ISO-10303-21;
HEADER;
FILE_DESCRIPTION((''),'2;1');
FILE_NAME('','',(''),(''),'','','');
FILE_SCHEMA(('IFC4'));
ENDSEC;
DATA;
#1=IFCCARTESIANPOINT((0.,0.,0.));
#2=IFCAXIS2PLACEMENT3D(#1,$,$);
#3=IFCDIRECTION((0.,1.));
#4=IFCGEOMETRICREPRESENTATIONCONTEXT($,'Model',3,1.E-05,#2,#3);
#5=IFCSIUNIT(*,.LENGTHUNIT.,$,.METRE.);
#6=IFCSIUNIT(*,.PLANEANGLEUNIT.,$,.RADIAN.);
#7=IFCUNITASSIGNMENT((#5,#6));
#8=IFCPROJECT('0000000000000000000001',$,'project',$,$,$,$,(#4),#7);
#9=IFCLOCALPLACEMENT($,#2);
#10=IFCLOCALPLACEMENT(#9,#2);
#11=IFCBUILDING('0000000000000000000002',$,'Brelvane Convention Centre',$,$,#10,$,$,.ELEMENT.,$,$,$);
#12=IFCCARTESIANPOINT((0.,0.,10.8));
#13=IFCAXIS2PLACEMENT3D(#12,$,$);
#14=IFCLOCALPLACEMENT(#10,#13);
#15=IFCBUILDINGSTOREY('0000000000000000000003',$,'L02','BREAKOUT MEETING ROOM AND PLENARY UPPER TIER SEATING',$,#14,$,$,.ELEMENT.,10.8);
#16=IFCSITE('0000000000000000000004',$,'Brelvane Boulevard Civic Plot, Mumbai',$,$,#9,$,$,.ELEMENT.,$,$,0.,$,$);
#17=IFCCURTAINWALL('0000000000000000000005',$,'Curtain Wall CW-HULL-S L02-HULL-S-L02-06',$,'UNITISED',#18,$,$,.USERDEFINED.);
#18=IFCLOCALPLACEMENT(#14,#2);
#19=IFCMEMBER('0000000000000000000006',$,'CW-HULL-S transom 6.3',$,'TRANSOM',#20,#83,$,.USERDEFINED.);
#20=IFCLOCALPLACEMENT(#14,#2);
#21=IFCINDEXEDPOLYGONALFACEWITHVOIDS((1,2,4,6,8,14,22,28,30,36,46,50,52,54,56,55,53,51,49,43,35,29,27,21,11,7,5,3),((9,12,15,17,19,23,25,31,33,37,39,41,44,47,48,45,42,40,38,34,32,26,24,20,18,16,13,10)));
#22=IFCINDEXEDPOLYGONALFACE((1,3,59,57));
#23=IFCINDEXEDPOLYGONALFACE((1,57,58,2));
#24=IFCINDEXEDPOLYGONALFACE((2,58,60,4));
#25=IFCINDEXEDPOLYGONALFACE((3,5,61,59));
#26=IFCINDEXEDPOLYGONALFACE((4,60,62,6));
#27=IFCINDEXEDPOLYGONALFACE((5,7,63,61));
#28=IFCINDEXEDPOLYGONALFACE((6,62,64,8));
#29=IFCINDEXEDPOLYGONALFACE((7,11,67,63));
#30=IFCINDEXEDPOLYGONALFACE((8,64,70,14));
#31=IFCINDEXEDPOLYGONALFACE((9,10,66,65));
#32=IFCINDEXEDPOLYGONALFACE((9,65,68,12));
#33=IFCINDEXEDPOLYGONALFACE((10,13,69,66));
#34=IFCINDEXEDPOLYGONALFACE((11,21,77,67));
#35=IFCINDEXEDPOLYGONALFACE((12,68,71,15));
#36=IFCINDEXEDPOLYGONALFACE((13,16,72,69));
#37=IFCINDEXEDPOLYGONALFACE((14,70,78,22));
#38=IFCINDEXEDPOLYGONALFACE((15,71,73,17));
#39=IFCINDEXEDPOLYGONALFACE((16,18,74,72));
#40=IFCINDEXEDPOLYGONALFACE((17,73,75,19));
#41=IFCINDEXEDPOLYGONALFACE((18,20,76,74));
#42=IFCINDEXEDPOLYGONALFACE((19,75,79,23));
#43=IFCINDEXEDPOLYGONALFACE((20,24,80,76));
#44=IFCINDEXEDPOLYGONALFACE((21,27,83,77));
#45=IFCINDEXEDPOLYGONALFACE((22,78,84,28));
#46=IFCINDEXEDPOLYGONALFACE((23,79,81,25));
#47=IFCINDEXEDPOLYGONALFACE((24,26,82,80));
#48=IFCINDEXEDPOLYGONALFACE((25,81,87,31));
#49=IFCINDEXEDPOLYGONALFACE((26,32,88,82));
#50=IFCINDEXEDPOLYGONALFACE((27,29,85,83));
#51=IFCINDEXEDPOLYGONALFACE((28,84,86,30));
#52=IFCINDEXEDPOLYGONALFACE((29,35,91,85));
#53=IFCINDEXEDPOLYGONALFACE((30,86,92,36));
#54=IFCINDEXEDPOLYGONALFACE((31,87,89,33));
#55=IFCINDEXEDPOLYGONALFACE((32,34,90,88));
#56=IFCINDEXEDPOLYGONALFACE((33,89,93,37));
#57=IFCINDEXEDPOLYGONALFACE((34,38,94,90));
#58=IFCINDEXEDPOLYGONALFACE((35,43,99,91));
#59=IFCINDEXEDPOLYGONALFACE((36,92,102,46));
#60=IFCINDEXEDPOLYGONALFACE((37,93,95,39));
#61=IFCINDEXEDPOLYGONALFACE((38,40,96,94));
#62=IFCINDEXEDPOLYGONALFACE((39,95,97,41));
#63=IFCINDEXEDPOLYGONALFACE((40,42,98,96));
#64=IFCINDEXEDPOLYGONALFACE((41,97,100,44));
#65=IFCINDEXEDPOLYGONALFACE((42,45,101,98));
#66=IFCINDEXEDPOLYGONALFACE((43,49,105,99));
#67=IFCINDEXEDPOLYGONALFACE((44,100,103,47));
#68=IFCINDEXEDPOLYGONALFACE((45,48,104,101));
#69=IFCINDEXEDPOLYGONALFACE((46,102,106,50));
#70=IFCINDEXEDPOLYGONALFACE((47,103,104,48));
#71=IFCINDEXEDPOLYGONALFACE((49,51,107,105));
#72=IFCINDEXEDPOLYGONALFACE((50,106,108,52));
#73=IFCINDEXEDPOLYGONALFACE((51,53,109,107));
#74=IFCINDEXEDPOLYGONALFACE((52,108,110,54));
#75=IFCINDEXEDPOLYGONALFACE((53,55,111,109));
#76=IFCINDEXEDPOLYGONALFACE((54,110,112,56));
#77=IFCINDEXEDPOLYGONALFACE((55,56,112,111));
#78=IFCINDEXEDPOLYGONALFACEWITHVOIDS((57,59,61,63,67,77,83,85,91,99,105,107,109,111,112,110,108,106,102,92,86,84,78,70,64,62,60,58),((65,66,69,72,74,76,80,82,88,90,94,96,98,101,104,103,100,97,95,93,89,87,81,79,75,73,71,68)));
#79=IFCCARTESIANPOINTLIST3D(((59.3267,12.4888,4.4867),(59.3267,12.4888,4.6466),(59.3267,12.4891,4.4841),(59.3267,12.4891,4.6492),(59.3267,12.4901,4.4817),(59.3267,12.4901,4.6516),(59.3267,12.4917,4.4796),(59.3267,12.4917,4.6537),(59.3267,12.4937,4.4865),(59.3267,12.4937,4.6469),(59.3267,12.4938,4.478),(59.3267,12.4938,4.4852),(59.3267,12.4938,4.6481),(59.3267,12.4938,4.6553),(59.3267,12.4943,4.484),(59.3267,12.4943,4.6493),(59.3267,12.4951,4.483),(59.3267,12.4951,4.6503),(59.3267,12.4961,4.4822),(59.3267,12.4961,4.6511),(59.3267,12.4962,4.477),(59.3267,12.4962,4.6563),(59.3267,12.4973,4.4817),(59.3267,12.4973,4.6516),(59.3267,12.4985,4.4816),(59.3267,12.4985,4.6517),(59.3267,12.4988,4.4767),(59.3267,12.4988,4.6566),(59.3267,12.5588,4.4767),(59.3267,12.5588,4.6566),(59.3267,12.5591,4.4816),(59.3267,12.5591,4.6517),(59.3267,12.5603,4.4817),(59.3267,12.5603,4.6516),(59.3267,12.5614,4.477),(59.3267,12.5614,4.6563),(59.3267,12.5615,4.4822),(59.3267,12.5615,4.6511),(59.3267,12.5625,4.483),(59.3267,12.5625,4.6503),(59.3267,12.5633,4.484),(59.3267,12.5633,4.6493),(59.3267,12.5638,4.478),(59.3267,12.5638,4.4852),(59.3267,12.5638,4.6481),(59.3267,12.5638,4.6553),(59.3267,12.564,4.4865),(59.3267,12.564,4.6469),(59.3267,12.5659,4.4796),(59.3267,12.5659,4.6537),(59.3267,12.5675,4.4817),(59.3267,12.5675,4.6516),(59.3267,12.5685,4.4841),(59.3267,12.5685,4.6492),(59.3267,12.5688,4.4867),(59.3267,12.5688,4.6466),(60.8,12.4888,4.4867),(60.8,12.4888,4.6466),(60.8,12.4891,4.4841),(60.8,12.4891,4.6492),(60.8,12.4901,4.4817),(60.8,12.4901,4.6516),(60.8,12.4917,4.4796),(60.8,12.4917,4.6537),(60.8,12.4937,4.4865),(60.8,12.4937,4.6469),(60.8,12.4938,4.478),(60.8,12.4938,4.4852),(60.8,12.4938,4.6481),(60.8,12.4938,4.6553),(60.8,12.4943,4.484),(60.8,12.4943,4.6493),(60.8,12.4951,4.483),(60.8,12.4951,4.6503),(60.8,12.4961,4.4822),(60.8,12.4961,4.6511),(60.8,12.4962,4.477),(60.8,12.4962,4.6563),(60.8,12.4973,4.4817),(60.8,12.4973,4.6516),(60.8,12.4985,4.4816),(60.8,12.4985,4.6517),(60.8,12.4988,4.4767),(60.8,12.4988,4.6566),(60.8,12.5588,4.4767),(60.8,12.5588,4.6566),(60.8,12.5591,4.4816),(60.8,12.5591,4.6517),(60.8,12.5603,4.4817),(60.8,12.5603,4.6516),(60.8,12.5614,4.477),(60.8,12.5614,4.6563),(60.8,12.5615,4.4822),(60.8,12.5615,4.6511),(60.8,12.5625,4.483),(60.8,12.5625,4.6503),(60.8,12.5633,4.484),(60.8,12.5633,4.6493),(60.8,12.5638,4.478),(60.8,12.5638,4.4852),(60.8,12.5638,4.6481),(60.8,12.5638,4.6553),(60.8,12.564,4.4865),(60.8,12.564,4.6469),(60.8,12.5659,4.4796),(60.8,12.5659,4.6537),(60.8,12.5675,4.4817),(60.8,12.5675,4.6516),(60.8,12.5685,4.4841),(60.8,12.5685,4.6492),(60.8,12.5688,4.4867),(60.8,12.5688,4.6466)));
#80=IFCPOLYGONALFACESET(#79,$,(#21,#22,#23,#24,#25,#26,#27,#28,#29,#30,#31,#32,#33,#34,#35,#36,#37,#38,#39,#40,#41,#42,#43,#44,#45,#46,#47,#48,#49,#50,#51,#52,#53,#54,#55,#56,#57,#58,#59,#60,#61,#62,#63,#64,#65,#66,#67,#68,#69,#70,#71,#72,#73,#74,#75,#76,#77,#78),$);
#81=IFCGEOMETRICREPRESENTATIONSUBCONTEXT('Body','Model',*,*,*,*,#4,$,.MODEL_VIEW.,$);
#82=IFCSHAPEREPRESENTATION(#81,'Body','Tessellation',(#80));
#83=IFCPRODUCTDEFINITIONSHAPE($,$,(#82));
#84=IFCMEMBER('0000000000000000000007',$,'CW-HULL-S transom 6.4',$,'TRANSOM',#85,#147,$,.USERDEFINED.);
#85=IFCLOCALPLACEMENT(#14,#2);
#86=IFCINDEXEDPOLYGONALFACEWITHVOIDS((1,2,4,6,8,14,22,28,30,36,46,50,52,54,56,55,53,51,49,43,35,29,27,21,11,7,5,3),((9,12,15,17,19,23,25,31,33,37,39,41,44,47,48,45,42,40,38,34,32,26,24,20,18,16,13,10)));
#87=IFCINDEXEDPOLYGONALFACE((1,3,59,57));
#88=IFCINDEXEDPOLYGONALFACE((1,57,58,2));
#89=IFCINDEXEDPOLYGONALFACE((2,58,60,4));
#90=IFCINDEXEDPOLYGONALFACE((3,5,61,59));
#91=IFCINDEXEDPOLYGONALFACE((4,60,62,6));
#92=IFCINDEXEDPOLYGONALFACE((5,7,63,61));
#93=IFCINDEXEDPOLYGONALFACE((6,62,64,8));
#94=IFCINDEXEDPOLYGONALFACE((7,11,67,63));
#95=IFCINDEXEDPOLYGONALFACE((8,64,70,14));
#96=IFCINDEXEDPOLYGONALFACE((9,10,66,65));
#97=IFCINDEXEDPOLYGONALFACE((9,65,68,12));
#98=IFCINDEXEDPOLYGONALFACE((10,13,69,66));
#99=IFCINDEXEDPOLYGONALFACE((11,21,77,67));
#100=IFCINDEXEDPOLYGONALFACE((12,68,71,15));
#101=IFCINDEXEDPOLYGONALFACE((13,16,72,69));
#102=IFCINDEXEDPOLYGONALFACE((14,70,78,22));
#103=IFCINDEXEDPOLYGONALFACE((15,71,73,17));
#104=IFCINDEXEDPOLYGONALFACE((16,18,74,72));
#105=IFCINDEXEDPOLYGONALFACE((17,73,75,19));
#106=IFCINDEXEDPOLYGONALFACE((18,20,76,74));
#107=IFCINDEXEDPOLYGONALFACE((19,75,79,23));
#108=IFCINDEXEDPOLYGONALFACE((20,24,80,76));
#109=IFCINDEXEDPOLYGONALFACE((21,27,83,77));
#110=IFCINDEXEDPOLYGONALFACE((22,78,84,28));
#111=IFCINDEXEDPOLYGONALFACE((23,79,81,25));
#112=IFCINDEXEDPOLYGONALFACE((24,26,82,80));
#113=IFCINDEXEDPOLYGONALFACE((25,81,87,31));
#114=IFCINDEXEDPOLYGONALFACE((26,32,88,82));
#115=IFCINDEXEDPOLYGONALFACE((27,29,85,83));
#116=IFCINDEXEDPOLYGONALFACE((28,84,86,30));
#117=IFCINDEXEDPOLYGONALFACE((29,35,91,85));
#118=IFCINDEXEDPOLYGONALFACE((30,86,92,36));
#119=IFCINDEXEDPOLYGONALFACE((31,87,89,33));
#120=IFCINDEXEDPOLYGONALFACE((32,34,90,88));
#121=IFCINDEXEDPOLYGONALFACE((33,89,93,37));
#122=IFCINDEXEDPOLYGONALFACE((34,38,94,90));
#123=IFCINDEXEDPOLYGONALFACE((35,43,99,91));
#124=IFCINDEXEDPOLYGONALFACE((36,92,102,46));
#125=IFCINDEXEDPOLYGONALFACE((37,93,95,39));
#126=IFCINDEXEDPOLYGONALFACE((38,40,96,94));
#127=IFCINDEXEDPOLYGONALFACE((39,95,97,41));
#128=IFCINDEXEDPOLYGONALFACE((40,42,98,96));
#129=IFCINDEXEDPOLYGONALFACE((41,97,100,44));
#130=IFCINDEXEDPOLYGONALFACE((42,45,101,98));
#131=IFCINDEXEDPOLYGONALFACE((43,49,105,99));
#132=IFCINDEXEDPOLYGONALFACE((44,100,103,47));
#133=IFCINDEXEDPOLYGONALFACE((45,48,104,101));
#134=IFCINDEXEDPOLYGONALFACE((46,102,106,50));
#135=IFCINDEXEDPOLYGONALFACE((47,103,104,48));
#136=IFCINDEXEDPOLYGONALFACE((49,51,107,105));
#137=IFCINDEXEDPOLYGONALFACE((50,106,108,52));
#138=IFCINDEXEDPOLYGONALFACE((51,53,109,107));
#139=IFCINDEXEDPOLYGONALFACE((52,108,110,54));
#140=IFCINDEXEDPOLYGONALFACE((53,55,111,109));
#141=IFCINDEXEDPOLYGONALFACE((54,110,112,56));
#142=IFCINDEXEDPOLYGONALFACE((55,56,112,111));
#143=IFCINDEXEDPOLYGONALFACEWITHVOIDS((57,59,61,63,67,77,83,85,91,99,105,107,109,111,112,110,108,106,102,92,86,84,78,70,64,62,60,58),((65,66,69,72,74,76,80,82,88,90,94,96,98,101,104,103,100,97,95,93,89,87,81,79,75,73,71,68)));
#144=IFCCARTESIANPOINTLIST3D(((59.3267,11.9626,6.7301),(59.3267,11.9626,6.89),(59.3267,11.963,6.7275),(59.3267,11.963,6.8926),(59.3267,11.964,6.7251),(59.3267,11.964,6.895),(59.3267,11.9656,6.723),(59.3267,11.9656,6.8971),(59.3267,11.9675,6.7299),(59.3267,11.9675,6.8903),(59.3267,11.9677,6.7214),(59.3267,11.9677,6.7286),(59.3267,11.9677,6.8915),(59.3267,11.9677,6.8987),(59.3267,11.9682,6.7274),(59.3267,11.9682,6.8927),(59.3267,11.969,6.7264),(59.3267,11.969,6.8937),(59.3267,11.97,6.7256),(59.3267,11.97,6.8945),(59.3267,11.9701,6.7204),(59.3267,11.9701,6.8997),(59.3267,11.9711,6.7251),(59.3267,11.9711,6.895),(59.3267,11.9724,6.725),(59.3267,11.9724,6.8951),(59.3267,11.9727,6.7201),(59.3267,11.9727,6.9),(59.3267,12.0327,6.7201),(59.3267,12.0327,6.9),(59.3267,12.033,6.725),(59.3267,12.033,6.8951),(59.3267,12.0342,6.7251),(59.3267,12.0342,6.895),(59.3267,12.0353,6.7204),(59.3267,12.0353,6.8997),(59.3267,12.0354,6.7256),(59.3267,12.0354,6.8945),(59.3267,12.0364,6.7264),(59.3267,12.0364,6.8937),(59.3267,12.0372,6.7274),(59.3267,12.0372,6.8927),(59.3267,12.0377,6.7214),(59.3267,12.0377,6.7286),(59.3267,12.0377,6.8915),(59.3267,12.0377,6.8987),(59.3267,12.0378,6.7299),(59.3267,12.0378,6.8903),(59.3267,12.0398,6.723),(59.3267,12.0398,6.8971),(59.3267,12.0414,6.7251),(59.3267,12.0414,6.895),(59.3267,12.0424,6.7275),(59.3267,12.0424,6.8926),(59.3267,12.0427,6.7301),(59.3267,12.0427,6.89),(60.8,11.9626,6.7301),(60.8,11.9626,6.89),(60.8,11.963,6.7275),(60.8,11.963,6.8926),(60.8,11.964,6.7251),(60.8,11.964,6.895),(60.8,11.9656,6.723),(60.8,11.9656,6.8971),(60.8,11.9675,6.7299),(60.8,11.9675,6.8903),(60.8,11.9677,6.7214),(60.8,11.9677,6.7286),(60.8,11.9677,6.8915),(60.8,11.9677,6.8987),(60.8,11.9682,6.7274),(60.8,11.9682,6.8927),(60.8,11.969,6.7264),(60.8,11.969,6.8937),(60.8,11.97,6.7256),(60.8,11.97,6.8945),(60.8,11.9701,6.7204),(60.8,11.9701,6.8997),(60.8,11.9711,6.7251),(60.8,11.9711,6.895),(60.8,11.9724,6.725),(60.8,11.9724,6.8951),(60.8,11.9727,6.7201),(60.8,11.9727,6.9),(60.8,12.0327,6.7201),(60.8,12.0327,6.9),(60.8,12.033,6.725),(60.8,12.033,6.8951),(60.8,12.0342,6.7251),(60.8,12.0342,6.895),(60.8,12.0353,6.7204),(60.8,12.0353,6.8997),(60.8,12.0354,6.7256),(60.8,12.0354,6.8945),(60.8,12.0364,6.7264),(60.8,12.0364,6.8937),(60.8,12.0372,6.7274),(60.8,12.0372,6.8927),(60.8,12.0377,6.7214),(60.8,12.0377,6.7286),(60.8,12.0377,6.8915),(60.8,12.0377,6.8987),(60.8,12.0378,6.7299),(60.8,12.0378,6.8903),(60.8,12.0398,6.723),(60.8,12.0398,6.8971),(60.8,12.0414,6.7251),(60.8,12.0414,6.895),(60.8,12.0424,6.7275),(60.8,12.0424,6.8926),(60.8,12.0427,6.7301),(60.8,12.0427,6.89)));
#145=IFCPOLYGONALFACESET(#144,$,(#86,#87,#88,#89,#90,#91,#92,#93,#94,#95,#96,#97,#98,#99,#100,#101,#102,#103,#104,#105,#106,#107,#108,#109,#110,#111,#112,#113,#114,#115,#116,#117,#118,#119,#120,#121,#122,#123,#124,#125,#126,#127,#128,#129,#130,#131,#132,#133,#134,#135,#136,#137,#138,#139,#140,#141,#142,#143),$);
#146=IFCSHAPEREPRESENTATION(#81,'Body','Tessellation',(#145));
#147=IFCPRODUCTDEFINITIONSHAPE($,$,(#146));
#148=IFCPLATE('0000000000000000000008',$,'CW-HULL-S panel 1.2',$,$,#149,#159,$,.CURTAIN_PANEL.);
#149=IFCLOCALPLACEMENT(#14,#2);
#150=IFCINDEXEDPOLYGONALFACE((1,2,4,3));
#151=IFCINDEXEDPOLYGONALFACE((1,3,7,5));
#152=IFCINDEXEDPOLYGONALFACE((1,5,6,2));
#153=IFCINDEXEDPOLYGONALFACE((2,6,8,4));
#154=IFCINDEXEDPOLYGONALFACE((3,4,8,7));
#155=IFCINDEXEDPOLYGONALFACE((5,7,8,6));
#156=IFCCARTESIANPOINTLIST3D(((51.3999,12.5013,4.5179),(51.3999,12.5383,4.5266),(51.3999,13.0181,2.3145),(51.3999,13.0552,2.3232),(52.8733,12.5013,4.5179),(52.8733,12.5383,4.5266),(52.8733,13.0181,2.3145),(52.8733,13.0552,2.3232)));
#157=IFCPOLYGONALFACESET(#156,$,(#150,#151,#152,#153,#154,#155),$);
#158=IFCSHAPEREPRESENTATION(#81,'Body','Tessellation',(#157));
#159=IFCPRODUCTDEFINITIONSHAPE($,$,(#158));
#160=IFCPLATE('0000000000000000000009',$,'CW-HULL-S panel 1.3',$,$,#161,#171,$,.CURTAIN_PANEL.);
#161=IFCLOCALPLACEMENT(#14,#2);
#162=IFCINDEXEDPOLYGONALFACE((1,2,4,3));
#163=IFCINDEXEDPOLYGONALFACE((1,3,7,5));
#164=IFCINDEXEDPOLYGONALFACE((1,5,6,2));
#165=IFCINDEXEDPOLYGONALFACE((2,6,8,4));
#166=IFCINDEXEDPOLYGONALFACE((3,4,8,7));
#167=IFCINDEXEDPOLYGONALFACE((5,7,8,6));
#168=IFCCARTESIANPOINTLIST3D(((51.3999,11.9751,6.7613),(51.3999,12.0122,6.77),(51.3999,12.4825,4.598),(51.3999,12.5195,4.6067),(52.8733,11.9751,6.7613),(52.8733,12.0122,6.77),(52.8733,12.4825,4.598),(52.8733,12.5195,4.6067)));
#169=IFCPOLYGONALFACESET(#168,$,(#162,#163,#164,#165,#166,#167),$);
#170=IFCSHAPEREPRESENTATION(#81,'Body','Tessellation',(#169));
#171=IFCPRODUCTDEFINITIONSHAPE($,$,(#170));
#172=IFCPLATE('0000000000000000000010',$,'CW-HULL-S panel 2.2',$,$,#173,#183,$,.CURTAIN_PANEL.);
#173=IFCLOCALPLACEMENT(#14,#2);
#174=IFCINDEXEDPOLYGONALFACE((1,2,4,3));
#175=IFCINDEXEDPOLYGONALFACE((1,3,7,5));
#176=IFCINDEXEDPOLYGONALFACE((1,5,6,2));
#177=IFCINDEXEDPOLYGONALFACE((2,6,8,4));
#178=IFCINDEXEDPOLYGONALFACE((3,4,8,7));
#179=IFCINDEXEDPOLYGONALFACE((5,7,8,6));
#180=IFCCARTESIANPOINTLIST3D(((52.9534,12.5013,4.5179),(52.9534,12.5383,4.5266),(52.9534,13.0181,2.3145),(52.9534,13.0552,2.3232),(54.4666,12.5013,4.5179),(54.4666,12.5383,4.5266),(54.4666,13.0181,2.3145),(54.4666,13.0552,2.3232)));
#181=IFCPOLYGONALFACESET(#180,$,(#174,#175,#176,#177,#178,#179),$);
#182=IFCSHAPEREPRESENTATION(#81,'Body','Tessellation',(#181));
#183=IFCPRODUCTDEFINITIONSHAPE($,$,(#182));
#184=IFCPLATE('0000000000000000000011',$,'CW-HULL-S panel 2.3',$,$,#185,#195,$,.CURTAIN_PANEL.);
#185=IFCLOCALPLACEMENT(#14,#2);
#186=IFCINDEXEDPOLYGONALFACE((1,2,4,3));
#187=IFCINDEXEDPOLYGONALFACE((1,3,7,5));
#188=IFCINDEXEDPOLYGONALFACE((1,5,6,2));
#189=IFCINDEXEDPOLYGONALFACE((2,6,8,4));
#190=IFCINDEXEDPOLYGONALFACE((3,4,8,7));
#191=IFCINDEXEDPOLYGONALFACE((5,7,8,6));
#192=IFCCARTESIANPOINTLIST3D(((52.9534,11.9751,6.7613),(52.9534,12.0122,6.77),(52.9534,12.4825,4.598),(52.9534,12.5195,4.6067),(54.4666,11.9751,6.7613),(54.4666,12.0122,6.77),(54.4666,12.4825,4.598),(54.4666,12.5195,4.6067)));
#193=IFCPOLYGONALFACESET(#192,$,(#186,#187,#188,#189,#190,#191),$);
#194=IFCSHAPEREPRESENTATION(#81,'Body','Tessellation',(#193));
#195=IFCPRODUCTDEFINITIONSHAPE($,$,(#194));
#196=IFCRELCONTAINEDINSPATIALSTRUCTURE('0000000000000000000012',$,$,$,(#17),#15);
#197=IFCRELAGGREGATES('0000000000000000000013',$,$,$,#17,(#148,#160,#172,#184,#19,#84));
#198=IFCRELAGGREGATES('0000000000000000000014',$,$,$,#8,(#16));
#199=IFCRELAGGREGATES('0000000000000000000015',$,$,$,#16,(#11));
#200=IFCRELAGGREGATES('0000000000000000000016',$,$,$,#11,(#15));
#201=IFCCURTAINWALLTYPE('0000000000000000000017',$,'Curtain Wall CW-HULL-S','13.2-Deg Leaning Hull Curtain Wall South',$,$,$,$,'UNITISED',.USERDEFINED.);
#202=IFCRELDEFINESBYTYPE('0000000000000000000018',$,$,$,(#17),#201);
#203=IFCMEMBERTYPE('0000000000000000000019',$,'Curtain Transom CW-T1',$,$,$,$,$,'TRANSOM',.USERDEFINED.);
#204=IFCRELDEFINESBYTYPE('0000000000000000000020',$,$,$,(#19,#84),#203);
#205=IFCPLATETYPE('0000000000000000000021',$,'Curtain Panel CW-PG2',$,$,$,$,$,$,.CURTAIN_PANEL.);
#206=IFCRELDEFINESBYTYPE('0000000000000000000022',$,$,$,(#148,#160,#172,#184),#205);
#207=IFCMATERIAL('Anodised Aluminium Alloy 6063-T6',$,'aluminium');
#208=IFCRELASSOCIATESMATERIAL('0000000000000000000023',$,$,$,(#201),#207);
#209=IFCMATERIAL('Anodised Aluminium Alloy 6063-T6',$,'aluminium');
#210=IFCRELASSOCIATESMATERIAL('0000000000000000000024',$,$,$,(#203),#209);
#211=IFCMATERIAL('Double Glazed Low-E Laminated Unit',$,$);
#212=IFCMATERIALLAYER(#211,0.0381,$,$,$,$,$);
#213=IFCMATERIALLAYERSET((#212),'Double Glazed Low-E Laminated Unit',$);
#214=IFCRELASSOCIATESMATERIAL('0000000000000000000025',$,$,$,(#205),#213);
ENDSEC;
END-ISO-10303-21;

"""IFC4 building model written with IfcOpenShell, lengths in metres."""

from ifc_helpers import new_model, si_unit, direction, frame, origin, origin_2d, place, context, subcontext, project, spatial, polyline, hollow_rectangle, outline, extrude, material, layer, layer_set, material_profile, profile_set, type_object, element, aggregate, save


model = new_model("IFC4")

# Units and contexts
model_context = context("Model", 3, precision=1e-05, world=origin(), true_north=direction((0.0, 1.0)))
body_context = subcontext(model_context, "Body", "Model", "MODEL_VIEW")
ifc_project = project(units=[si_unit("LENGTHUNIT", "METRE"), si_unit("PLANEANGLEUNIT", "RADIAN")], contexts=[model_context])

# Site, building, storey
site_placement = place(None, origin())
site = spatial("IfcSite", under=ifc_project, at=site_placement, Name="Brelvane Boulevard Civic Plot, Mumbai", CompositionType="ELEMENT", RefElevation=0.0)
building_placement = place(site_placement, origin())
building = spatial("IfcBuilding", under=site, at=building_placement, Name="Brelvane Convention Centre", CompositionType="ELEMENT")
storey_placement = place(building_placement, frame((0.0, 0.0, 10.8)))
storey = spatial("IfcBuildingStorey", under=building, at=storey_placement, Name="L02", Description="BREAKOUT MEETING ROOM AND PLENARY UPPER TIER SEATING", CompositionType="ELEMENT", Elevation=10.8)

# Curtain wall, members, plates
ifc_material_1 = material(Name="Anodised Aluminium Alloy 6063-T6", Category="aluminium")
curtain_wall_type = type_object("IfcCurtainWallType", Name="Curtain Wall CW-HULL-S", Description="13.2-Deg Leaning Hull Curtain Wall South", ElementType="UNITISED", PredefinedType="USERDEFINED", material=ifc_material_1)
curtain_wall_placement = place(storey_placement, origin())
curtain_wall = element("IfcCurtainWall", 1, at=curtain_wall_placement, inside=storey, type_object=curtain_wall_type, Name="Curtain Wall CW-HULL-S L02-HULL-S-L02-06", ObjectType="UNITISED", PredefinedType="USERDEFINED")
ifc_material_2 = material(Name="Anodised Aluminium Alloy 6063-T6", Category="aluminium")
ifc_material_profile = material_profile(ifc_material_2, hollow_rectangle(XDim=0.0801, YDim=0.1799, WallThickness=0.0049, InnerFilletRadius=0.0049, OuterFilletRadius=0.01, at=origin_2d()), Name="ALU-T 180x80x5.0")
ifc_profile_set = profile_set([ifc_material_profile], Name="Anodised Aluminium Alloy 6063-T6")
member_type = type_object("IfcMemberType", Name="Curtain Transom CW-T1", ElementType="TRANSOM", PredefinedType="USERDEFINED", material=ifc_profile_set)
member_1_placement = place(storey_placement, frame((59.3267, 12.5288, 4.5667), z_axis=(1.0, 0.0, 0.0), x_axis=(0.0, 1.0, 0.0)))
member_1 = element("IfcMember", 2, at=member_1_placement, type_object=member_type, Name="CW-HULL-S transom 6.3", ObjectType="TRANSOM", PredefinedType="USERDEFINED", context=body_context, shape_type="SweptSolid", body=[
    extrude(hollow_rectangle(XDim=0.0801, YDim=0.1799, WallThickness=0.0049, InnerFilletRadius=0.0049, OuterFilletRadius=0.01, at=origin_2d()), origin(), (0.0, 0.0, 1.0), 1.4734),
])
member_2_placement = place(storey_placement, frame((59.3267, 12.0027, 6.8101), z_axis=(1.0, 0.0, 0.0), x_axis=(0.0, 1.0, 0.0)))
member_2 = element("IfcMember", 3, at=member_2_placement, type_object=member_type, Name="CW-HULL-S transom 6.4", ObjectType="TRANSOM", PredefinedType="USERDEFINED", context=body_context, shape_type="SweptSolid", body=[
    extrude(hollow_rectangle(XDim=0.0801, YDim=0.1799, WallThickness=0.0049, InnerFilletRadius=0.0049, OuterFilletRadius=0.01, at=origin_2d()), origin(), (0.0, 0.0, 1.0), 1.4734),
])
ifc_material_3 = material(Name="Double Glazed Low-E Laminated Unit")
ifc_layer_1 = layer(ifc_material_3, 0.0381)
ifc_layer_set_1 = layer_set([ifc_layer_1], Name="Double Glazed Low-E Laminated Unit")
plate_type_1 = type_object("IfcPlateType", Name="Curtain Panel CW-PG2", PredefinedType="CURTAIN_PANEL", material=ifc_layer_set_1)
plate_1_placement = place(storey_placement, frame((51.3999, 13.0552, 2.3232), z_axis=(0.0, 0.973574, 0.228372), x_axis=(1.0, 0.0, 0.0)))
plate_1 = element("IfcPlate", 4, at=plate_1_placement, type_object=plate_type_1, Name="CW-HULL-S panel 1.2", PredefinedType="CURTAIN_PANEL", context=body_context, shape_type="SweptSolid", body=[
    extrude(outline(polyline([(0.0, 0.0), (1.4734, 0.0), (1.4734, -2.2632), (0.0, -2.2632), (0.0, 0.0)])), origin(), (0.0, 0.0, -1.0), 0.0381),
])
plate_2_placement = place(storey_placement, frame((51.3999, 12.5195, 4.6067), z_axis=(0.0, 0.973587, 0.228317), x_axis=(1.0, 0.0, 0.0)))
plate_2 = element("IfcPlate", 5, at=plate_2_placement, type_object=plate_type_1, Name="CW-HULL-S panel 1.3", PredefinedType="CURTAIN_PANEL", context=body_context, shape_type="SweptSolid", body=[
    extrude(outline(polyline([(0.0, 0.0), (1.4734, 0.0), (1.4734, -2.222), (0.0, -2.222), (0.0, 0.0)])), origin(), (0.0, 0.0, -1.0), 0.0381),
])
plate_3_placement = place(storey_placement, frame((52.9534, 13.0552, 2.3232), z_axis=(0.0, 0.973574, 0.228372), x_axis=(1.0, 0.0, 0.0)))
plate_3 = element("IfcPlate", 6, at=plate_3_placement, type_object=plate_type_1, Name="CW-HULL-S panel 2.2", PredefinedType="CURTAIN_PANEL", context=body_context, shape_type="SweptSolid", body=[
    extrude(outline(polyline([(0.0, 0.0), (1.5132, 0.0), (1.5132, -2.2632), (0.0, -2.2632), (0.0, 0.0)])), origin(), (0.0, 0.0, -1.0), 0.0381),
])
plate_4_placement = place(storey_placement, frame((52.9534, 12.5195, 4.6067), z_axis=(0.0, 0.973587, 0.228317), x_axis=(1.0, 0.0, 0.0)))
plate_4 = element("IfcPlate", 7, at=plate_4_placement, type_object=plate_type_1, Name="CW-HULL-S panel 2.3", PredefinedType="CURTAIN_PANEL", context=body_context, shape_type="SweptSolid", body=[
    extrude(outline(polyline([(0.0, 0.0), (1.5132, 0.0), (1.5132, -2.222), (0.0, -2.222), (0.0, 0.0)])), origin(), (0.0, 0.0, -1.0), 0.0381),
])
aggregate(curtain_wall, [plate_1, plate_2, plate_3, plate_4, member_1, member_2])

save(model, "model.ifc")
